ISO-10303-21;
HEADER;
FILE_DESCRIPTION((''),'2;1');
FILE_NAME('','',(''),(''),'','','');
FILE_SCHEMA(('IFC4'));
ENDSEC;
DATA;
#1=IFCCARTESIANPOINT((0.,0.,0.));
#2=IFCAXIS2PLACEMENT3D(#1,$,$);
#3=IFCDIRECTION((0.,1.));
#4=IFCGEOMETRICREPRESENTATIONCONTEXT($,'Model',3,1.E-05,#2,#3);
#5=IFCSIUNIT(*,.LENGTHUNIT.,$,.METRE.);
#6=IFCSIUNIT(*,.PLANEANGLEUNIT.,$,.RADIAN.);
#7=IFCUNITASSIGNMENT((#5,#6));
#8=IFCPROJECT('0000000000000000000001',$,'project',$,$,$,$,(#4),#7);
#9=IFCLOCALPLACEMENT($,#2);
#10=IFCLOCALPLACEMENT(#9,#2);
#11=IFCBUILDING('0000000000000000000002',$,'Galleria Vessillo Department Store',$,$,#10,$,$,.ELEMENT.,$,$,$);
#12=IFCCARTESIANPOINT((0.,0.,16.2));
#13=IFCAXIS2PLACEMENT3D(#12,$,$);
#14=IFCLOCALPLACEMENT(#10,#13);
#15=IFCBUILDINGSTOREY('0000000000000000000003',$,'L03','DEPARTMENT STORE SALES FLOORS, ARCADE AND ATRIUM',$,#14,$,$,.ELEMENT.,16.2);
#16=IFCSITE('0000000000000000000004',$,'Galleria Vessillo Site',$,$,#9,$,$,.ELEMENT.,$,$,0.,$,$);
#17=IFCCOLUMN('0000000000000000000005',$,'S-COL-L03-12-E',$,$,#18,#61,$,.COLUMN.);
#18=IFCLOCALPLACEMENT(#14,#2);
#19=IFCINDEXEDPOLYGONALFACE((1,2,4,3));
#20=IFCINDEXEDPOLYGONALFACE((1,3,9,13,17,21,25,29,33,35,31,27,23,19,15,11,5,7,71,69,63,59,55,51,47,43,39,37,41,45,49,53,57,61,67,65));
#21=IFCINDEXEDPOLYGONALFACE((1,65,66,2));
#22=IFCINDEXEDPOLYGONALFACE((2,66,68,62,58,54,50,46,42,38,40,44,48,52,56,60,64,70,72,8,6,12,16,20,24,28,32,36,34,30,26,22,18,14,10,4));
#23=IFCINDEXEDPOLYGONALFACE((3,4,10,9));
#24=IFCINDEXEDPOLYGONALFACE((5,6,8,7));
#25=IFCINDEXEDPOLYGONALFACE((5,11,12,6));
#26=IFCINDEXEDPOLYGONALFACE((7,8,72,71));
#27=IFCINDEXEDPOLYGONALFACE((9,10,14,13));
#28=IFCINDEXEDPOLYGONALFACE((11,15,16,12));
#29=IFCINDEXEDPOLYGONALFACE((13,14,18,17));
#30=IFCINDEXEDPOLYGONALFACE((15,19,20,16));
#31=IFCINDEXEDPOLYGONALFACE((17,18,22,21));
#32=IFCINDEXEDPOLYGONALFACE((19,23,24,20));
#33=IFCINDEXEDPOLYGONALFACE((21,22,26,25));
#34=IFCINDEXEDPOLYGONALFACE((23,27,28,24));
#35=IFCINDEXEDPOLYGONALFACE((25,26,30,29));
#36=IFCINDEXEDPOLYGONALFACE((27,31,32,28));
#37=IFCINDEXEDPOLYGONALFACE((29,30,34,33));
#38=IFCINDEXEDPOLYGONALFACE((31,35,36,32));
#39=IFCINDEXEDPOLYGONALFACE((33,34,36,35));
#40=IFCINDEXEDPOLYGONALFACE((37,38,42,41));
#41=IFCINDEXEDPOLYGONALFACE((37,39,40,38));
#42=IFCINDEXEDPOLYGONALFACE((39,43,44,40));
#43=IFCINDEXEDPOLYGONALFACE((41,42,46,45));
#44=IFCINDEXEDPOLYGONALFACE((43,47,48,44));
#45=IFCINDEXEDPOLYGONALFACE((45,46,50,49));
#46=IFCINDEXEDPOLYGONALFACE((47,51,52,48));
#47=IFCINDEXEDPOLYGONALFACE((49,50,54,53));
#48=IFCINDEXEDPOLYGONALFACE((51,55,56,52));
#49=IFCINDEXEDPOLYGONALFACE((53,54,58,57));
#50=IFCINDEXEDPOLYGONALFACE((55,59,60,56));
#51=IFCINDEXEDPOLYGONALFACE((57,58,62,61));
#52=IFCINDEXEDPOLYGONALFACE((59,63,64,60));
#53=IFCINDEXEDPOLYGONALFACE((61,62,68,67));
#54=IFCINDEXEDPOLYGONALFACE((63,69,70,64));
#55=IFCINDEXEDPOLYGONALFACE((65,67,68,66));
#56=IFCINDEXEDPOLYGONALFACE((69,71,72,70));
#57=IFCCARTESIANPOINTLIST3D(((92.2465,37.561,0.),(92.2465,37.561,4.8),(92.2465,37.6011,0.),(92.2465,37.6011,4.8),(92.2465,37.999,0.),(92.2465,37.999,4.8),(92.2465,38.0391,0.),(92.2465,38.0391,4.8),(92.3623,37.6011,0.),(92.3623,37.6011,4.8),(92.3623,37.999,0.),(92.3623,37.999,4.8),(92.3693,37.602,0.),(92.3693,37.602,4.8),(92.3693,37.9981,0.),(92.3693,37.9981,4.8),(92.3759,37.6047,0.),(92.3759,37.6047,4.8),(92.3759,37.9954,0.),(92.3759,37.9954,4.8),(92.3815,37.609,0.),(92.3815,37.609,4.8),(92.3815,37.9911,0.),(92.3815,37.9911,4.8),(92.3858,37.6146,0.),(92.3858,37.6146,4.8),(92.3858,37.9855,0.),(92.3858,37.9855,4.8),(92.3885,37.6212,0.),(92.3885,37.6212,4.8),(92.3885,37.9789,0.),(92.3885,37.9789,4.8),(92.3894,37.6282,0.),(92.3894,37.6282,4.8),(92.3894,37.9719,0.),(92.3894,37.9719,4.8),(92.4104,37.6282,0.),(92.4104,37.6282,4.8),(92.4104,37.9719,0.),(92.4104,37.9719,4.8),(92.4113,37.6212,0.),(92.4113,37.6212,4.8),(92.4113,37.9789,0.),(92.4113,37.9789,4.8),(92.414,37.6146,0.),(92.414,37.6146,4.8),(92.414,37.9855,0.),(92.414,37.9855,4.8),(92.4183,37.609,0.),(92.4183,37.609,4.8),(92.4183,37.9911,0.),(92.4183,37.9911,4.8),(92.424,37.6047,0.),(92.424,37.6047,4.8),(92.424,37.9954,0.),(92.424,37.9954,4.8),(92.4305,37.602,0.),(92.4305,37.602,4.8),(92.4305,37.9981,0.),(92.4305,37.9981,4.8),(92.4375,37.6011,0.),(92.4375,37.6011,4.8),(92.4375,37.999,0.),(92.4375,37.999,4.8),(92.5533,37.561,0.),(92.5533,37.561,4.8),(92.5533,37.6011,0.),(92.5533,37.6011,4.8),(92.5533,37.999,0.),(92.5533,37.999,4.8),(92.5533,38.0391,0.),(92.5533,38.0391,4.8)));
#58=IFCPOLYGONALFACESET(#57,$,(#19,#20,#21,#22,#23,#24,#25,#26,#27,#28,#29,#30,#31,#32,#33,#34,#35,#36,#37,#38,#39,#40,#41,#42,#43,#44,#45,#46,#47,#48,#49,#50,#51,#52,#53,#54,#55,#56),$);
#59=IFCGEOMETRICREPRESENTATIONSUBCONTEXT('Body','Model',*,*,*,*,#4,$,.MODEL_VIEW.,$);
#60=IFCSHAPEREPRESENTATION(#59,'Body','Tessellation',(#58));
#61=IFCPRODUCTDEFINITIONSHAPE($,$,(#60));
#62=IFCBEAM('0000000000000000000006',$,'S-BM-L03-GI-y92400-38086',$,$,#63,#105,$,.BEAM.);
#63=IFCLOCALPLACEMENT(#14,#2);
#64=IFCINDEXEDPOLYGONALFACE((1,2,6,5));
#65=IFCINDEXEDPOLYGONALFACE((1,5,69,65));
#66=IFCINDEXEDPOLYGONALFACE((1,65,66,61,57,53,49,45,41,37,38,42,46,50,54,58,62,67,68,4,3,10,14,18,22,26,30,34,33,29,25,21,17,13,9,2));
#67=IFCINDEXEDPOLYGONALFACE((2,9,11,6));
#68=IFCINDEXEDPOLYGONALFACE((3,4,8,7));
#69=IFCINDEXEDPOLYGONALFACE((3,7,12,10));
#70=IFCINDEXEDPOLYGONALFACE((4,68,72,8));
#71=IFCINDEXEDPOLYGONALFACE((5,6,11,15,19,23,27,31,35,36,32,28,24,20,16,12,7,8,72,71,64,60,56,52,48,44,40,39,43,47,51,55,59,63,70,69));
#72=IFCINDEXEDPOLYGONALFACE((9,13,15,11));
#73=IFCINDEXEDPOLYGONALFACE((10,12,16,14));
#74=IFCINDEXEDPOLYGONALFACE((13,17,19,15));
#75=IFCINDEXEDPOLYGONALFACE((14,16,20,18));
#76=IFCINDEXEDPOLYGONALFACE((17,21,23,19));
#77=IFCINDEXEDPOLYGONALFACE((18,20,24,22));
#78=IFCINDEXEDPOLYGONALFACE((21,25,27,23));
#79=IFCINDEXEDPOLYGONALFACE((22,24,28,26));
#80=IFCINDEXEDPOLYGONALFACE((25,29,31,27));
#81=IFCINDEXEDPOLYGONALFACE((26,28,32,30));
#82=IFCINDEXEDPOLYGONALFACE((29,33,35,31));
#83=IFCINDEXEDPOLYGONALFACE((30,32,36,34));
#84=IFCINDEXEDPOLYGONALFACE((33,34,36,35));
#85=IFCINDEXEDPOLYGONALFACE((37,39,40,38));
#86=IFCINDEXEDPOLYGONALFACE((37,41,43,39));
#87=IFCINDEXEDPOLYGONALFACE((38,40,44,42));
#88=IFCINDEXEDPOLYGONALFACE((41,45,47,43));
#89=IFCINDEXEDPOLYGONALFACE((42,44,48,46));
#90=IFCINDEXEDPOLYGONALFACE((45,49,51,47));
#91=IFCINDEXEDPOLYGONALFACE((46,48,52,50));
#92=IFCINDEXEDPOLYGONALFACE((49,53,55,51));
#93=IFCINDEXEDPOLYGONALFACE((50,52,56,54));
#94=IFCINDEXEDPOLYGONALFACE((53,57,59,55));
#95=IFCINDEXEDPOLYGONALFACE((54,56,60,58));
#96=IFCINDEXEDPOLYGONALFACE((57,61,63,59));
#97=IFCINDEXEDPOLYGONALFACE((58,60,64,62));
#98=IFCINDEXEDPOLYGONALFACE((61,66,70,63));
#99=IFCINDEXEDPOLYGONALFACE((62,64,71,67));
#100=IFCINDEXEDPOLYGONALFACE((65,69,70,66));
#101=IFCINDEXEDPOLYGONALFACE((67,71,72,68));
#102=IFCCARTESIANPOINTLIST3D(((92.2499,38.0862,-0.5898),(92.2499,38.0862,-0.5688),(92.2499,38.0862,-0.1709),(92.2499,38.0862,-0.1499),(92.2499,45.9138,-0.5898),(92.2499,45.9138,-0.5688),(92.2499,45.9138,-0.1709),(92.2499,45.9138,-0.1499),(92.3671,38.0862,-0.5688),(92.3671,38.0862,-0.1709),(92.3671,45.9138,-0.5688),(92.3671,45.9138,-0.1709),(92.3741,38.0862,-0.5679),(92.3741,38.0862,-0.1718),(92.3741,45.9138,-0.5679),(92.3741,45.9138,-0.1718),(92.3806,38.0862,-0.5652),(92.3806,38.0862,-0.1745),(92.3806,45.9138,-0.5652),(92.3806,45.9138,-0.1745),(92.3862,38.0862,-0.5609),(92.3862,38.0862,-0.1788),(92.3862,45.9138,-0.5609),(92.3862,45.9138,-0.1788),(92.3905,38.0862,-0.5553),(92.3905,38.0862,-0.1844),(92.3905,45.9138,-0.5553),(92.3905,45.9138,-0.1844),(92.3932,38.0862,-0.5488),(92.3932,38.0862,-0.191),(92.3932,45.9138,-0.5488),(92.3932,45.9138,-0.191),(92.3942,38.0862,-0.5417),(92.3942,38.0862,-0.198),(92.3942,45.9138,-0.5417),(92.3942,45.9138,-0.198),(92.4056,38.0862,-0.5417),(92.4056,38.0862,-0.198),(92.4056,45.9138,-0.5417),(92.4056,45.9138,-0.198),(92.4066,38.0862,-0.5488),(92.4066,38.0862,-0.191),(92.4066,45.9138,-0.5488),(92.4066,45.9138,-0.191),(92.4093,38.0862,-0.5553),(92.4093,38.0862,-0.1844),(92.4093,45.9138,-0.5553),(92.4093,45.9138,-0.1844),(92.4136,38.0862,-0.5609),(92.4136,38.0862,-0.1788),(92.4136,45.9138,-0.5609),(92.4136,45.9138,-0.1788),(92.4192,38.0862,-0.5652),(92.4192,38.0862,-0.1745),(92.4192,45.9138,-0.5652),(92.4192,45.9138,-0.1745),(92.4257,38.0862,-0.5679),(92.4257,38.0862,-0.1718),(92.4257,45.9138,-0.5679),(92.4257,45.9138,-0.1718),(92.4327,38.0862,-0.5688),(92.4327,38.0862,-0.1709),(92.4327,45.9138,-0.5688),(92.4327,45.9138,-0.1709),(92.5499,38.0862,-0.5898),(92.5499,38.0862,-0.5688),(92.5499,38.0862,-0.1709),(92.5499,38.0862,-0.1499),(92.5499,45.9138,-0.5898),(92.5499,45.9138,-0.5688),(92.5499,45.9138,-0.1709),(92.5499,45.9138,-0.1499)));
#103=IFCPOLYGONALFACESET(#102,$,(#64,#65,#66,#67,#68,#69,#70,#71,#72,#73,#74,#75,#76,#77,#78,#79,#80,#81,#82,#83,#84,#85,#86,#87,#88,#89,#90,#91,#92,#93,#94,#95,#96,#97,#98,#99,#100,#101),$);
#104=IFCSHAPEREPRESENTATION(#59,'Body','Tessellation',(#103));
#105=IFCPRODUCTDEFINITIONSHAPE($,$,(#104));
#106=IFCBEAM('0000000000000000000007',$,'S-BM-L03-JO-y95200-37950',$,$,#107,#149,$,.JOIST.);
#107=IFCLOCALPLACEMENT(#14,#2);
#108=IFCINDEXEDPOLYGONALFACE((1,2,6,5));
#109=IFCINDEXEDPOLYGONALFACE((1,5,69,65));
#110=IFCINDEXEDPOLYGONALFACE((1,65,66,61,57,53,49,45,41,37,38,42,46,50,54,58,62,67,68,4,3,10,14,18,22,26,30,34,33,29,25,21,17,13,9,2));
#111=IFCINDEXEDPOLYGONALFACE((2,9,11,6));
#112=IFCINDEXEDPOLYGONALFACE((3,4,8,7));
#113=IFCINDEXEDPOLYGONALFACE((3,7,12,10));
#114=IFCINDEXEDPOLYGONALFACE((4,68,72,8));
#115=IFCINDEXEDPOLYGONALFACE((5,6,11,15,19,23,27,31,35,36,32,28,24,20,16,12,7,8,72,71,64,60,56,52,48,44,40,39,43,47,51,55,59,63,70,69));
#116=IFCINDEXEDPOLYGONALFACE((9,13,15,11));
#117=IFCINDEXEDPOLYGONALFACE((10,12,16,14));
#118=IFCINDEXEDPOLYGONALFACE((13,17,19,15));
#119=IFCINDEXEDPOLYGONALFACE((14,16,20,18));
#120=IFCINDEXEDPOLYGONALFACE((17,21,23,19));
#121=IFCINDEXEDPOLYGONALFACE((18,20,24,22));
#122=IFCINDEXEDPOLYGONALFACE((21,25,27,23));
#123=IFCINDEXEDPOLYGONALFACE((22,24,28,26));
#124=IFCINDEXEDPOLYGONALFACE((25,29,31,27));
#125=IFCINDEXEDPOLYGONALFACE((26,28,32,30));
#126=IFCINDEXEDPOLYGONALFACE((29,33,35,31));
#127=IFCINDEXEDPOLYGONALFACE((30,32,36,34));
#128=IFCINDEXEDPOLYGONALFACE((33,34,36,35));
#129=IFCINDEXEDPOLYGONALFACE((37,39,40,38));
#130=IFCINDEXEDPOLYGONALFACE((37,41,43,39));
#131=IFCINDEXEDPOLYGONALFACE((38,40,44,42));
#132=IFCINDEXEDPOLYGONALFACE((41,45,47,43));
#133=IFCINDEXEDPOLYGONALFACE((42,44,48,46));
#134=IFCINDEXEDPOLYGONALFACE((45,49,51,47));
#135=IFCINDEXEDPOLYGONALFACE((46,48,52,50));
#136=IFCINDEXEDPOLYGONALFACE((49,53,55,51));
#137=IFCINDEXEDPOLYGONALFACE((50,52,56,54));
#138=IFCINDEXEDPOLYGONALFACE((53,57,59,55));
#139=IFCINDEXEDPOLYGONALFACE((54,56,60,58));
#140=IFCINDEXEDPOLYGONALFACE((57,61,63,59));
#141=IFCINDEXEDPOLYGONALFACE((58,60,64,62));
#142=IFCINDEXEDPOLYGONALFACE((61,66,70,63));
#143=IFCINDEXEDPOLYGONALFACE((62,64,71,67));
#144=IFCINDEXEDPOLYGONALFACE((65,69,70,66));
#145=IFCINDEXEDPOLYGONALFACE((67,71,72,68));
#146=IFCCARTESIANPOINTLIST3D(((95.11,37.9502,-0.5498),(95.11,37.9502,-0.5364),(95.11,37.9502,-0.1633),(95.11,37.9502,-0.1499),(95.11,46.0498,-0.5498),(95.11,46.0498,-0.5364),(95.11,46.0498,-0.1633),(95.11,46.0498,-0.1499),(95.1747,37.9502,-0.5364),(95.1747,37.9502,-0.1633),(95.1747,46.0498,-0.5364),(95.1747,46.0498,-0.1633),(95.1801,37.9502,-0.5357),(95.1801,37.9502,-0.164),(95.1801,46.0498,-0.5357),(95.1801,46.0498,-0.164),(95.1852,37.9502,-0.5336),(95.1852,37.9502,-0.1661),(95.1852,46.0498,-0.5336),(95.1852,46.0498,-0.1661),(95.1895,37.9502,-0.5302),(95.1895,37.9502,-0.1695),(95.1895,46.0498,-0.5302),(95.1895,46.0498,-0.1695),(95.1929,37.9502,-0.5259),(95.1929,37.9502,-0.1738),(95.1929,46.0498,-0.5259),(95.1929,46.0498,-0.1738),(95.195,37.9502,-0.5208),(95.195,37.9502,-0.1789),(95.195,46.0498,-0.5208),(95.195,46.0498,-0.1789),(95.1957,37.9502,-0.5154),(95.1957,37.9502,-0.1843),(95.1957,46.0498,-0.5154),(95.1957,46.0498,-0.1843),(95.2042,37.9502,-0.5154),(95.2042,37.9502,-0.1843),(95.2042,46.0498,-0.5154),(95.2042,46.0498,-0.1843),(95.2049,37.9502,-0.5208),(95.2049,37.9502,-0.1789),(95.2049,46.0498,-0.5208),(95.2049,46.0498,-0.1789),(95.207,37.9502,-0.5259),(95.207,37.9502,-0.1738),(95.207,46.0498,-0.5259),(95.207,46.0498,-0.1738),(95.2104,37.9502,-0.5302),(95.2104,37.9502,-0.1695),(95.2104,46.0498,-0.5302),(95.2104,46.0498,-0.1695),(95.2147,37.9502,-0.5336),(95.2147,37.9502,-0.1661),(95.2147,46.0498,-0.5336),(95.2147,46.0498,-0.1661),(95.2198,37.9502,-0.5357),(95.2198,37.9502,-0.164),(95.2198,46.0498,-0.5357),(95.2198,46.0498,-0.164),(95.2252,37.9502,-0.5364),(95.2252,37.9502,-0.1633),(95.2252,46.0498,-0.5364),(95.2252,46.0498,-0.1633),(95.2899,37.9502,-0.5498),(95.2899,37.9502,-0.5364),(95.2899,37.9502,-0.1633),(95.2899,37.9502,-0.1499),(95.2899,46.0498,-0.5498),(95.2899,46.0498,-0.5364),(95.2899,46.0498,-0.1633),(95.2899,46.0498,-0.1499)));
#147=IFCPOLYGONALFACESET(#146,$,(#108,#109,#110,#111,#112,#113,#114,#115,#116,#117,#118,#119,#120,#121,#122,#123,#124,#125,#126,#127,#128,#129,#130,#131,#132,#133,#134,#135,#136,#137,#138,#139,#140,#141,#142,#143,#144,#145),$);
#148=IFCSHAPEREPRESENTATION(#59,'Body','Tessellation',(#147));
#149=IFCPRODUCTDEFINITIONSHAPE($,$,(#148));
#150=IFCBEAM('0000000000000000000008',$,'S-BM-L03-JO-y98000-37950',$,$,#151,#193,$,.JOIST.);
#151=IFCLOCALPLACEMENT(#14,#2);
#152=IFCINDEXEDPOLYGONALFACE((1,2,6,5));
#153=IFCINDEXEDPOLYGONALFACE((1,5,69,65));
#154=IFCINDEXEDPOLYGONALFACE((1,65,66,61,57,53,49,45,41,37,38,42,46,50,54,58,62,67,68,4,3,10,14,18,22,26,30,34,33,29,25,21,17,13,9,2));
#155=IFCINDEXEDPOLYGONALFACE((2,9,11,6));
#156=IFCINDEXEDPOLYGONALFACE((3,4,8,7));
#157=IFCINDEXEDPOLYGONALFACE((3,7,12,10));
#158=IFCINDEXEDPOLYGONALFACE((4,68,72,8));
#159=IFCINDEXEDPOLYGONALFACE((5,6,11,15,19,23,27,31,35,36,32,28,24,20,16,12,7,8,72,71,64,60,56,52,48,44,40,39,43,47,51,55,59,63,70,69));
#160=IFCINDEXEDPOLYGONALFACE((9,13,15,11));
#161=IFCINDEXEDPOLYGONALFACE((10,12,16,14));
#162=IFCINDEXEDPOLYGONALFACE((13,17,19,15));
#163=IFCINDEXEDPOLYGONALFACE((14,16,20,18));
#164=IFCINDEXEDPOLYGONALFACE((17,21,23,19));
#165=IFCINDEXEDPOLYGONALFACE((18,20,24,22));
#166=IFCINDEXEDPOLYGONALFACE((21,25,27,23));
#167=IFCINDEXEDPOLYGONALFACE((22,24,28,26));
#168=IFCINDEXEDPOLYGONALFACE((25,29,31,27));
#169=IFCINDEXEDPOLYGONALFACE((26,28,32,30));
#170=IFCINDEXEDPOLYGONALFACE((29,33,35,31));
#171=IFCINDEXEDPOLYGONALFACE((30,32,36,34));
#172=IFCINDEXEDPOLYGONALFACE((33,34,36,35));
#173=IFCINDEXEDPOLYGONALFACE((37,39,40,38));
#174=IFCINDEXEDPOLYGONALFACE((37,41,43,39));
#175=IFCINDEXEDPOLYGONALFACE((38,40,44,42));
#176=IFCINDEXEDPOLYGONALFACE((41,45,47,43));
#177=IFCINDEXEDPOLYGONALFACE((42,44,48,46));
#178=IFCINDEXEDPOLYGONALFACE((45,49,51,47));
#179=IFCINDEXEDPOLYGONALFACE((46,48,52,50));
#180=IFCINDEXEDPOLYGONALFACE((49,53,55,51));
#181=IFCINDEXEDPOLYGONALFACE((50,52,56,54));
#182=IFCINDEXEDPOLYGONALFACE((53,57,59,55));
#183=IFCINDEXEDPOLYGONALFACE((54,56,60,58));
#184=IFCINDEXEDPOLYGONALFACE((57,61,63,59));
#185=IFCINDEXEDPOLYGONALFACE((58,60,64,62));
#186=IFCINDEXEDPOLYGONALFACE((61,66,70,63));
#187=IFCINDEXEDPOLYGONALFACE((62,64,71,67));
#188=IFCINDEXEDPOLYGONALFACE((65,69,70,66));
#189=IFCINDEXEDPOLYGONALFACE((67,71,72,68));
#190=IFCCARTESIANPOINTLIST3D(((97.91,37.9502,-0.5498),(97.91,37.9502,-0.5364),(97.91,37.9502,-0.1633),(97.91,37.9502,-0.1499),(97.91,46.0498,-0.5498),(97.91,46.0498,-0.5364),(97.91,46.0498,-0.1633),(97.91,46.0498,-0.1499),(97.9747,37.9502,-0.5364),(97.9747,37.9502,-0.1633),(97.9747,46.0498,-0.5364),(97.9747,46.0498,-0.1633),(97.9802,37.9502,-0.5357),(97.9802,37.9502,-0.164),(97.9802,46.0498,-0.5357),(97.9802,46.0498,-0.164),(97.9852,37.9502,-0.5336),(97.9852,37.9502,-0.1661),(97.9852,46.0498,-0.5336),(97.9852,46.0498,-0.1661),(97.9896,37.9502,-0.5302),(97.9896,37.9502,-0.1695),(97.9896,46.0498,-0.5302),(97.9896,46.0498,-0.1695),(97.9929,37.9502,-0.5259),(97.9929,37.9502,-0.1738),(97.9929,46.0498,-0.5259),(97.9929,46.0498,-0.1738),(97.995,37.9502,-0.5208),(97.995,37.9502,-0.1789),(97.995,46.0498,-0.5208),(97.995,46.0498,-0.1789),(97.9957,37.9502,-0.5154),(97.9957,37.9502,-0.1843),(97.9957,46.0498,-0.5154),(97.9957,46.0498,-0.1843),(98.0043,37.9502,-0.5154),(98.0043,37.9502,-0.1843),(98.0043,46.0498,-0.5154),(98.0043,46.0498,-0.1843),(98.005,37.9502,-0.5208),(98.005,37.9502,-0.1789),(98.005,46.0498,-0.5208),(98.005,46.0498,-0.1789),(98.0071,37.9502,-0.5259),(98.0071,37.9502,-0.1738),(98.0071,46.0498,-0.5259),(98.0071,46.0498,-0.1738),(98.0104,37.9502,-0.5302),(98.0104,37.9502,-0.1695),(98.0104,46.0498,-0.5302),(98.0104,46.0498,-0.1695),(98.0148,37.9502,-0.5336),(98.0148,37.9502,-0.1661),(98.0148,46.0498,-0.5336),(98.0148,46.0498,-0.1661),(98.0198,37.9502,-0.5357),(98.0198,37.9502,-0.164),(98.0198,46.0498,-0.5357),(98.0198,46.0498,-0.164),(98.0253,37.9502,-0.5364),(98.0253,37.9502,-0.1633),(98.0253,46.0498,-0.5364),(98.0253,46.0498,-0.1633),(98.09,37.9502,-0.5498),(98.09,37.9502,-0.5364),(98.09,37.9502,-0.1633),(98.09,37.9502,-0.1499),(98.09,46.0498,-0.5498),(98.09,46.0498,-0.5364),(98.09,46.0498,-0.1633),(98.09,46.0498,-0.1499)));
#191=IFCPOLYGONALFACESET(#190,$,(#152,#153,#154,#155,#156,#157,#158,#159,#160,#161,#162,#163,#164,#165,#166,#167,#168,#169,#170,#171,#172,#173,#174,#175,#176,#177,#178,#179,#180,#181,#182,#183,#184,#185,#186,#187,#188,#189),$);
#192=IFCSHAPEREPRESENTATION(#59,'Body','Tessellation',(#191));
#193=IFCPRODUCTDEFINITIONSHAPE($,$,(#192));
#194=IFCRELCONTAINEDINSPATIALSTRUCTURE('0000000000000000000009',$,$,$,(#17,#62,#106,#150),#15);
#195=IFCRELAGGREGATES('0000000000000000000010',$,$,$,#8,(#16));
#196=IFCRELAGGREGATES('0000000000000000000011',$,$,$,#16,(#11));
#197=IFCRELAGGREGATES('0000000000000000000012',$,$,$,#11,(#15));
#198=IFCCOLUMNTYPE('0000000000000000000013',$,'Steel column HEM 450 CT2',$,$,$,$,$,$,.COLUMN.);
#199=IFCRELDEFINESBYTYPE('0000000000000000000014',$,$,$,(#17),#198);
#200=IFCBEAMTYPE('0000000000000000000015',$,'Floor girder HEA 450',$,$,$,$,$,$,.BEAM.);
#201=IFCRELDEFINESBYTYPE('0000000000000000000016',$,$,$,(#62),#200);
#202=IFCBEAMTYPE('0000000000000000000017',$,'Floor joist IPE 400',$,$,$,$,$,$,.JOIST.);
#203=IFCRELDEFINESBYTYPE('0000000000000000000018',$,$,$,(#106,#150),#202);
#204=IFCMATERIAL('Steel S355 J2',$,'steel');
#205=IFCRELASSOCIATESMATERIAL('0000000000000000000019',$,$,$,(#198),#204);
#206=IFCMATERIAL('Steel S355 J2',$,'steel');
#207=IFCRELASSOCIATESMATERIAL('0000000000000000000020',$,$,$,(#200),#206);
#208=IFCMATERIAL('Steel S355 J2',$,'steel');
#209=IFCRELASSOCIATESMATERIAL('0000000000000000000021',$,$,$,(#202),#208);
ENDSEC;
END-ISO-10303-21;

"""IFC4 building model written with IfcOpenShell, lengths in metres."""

from ifc_helpers import new_model, si_unit, direction, frame, origin, origin_2d, place, context, subcontext, project, spatial, i_section, extrude, material, material_profile, profile_set, type_object, element, save


model = new_model("IFC4")

# Units and contexts
model_context = context("Model", 3, precision=1e-05, world=origin(), true_north=direction((0.0, 1.0)))
body_context = subcontext(model_context, "Body", "Model", "MODEL_VIEW")
ifc_project = project(units=[si_unit("LENGTHUNIT", "METRE"), si_unit("PLANEANGLEUNIT", "RADIAN")], contexts=[model_context])

# Site, building, storey
site_placement = place(None, origin())
site = spatial("IfcSite", under=ifc_project, at=site_placement, Name="Galleria Vessillo Site", CompositionType="ELEMENT", RefElevation=0.0)
building_placement = place(site_placement, origin())
building = spatial("IfcBuilding", under=site, at=building_placement, Name="Galleria Vessillo Department Store", CompositionType="ELEMENT")
storey_placement = place(building_placement, frame((0.0, 0.0, 16.2)))
storey = spatial("IfcBuildingStorey", under=building, at=storey_placement, Name="L03", Description="DEPARTMENT STORE SALES FLOORS, ARCADE AND ATRIUM", CompositionType="ELEMENT", Elevation=16.2)

# Column
ifc_material_1 = material(Name="Steel S355 J2", Category="steel")
ifc_material_profile_1 = material_profile(ifc_material_1, i_section(OverallWidth=0.3069, OverallDepth=0.478, WebThickness=0.021, FlangeThickness=0.04, FilletRadius=0.0271, at=origin_2d()), Name="HEM 450")
ifc_profile_set_1 = profile_set([ifc_material_profile_1], Name="Steel S355 J2")
column_type = type_object("IfcColumnType", Name="Steel column HEM 450 CT2", PredefinedType="COLUMN", material=ifc_profile_set_1)
column_placement = place(storey_placement, frame((92.3999, 37.8, 0.0), z_axis=(0.0, 0.0, 1.0), x_axis=(1.0, 0.0, 0.0)))
element("IfcColumn", 1, at=column_placement, inside=storey, type_object=column_type, Name="S-COL-L03-12-E", PredefinedType="COLUMN", context=body_context, shape_type="SweptSolid", body=[
    extrude(i_section(OverallWidth=0.3069, OverallDepth=0.478, WebThickness=0.021, FlangeThickness=0.04, FilletRadius=0.0271, at=origin_2d()), origin(), (0.0, 0.0, 1.0), 4.8),
])

# Beams
ifc_material_2 = material(Name="Steel S355 J2", Category="steel")
ifc_material_profile_2 = material_profile(ifc_material_2, i_section(OverallWidth=0.3, OverallDepth=0.4399, WebThickness=0.0115, FlangeThickness=0.021, FilletRadius=0.0271, at=origin_2d()), Name="HEA 450")
ifc_profile_set_2 = profile_set([ifc_material_profile_2], Name="Steel S355 J2")
beam_type_1 = type_object("IfcBeamType", Name="Floor girder HEA 450", PredefinedType="BEAM", material=ifc_profile_set_2)
beam_1_placement = place(storey_placement, frame((92.3999, 38.0862, -0.3699), z_axis=(0.0, 1.0, 0.0), x_axis=(-1.0, 0.0, 0.0)))
element("IfcBeam", 2, at=beam_1_placement, inside=storey, type_object=beam_type_1, Name="S-BM-L03-GI-y92400-38086", PredefinedType="BEAM", context=body_context, shape_type="SweptSolid", body=[
    extrude(i_section(OverallWidth=0.3, OverallDepth=0.4399, WebThickness=0.0115, FlangeThickness=0.021, FilletRadius=0.0271, at=origin_2d()), origin(), (0.0, 0.0, 1.0), 7.8276),
])
ifc_material_3 = material(Name="Steel S355 J2", Category="steel")
ifc_material_profile_3 = material_profile(ifc_material_3, i_section(OverallWidth=0.1799, OverallDepth=0.3999, WebThickness=0.0085, FlangeThickness=0.0134, FilletRadius=0.021, at=origin_2d()), Name="IPE 400")
ifc_profile_set_3 = profile_set([ifc_material_profile_3], Name="Steel S355 J2")
beam_type_2 = type_object("IfcBeamType", Name="Floor joist IPE 400", PredefinedType="JOIST", material=ifc_profile_set_3)
for number, where, z_axis, x_axis, name in (
    (3, (95.2, 37.9502, -0.3499), (0.0, 1.0, 0.0), (-1.0, 0.0, 0.0), "S-BM-L03-JO-y95200-37950"),
    (4, (98.0, 37.9502, -0.3499), (0.0, 1.0, 0.0), (-1.0, 0.0, 0.0), "S-BM-L03-JO-y98000-37950"),
):
    element("IfcBeam", number, at=place(storey_placement, frame(where, z_axis=z_axis, x_axis=x_axis)), inside=storey, type_object=beam_type_2, Name=name, PredefinedType="JOIST", context=body_context, shape_type="SweptSolid", body=[
        extrude(i_section(OverallWidth=0.1799, OverallDepth=0.3999, WebThickness=0.0085, FlangeThickness=0.0134, FilletRadius=0.021, at=origin_2d()), origin(), (0.0, 0.0, 1.0), 8.0996),
    ])

save(model, "model.ifc")
